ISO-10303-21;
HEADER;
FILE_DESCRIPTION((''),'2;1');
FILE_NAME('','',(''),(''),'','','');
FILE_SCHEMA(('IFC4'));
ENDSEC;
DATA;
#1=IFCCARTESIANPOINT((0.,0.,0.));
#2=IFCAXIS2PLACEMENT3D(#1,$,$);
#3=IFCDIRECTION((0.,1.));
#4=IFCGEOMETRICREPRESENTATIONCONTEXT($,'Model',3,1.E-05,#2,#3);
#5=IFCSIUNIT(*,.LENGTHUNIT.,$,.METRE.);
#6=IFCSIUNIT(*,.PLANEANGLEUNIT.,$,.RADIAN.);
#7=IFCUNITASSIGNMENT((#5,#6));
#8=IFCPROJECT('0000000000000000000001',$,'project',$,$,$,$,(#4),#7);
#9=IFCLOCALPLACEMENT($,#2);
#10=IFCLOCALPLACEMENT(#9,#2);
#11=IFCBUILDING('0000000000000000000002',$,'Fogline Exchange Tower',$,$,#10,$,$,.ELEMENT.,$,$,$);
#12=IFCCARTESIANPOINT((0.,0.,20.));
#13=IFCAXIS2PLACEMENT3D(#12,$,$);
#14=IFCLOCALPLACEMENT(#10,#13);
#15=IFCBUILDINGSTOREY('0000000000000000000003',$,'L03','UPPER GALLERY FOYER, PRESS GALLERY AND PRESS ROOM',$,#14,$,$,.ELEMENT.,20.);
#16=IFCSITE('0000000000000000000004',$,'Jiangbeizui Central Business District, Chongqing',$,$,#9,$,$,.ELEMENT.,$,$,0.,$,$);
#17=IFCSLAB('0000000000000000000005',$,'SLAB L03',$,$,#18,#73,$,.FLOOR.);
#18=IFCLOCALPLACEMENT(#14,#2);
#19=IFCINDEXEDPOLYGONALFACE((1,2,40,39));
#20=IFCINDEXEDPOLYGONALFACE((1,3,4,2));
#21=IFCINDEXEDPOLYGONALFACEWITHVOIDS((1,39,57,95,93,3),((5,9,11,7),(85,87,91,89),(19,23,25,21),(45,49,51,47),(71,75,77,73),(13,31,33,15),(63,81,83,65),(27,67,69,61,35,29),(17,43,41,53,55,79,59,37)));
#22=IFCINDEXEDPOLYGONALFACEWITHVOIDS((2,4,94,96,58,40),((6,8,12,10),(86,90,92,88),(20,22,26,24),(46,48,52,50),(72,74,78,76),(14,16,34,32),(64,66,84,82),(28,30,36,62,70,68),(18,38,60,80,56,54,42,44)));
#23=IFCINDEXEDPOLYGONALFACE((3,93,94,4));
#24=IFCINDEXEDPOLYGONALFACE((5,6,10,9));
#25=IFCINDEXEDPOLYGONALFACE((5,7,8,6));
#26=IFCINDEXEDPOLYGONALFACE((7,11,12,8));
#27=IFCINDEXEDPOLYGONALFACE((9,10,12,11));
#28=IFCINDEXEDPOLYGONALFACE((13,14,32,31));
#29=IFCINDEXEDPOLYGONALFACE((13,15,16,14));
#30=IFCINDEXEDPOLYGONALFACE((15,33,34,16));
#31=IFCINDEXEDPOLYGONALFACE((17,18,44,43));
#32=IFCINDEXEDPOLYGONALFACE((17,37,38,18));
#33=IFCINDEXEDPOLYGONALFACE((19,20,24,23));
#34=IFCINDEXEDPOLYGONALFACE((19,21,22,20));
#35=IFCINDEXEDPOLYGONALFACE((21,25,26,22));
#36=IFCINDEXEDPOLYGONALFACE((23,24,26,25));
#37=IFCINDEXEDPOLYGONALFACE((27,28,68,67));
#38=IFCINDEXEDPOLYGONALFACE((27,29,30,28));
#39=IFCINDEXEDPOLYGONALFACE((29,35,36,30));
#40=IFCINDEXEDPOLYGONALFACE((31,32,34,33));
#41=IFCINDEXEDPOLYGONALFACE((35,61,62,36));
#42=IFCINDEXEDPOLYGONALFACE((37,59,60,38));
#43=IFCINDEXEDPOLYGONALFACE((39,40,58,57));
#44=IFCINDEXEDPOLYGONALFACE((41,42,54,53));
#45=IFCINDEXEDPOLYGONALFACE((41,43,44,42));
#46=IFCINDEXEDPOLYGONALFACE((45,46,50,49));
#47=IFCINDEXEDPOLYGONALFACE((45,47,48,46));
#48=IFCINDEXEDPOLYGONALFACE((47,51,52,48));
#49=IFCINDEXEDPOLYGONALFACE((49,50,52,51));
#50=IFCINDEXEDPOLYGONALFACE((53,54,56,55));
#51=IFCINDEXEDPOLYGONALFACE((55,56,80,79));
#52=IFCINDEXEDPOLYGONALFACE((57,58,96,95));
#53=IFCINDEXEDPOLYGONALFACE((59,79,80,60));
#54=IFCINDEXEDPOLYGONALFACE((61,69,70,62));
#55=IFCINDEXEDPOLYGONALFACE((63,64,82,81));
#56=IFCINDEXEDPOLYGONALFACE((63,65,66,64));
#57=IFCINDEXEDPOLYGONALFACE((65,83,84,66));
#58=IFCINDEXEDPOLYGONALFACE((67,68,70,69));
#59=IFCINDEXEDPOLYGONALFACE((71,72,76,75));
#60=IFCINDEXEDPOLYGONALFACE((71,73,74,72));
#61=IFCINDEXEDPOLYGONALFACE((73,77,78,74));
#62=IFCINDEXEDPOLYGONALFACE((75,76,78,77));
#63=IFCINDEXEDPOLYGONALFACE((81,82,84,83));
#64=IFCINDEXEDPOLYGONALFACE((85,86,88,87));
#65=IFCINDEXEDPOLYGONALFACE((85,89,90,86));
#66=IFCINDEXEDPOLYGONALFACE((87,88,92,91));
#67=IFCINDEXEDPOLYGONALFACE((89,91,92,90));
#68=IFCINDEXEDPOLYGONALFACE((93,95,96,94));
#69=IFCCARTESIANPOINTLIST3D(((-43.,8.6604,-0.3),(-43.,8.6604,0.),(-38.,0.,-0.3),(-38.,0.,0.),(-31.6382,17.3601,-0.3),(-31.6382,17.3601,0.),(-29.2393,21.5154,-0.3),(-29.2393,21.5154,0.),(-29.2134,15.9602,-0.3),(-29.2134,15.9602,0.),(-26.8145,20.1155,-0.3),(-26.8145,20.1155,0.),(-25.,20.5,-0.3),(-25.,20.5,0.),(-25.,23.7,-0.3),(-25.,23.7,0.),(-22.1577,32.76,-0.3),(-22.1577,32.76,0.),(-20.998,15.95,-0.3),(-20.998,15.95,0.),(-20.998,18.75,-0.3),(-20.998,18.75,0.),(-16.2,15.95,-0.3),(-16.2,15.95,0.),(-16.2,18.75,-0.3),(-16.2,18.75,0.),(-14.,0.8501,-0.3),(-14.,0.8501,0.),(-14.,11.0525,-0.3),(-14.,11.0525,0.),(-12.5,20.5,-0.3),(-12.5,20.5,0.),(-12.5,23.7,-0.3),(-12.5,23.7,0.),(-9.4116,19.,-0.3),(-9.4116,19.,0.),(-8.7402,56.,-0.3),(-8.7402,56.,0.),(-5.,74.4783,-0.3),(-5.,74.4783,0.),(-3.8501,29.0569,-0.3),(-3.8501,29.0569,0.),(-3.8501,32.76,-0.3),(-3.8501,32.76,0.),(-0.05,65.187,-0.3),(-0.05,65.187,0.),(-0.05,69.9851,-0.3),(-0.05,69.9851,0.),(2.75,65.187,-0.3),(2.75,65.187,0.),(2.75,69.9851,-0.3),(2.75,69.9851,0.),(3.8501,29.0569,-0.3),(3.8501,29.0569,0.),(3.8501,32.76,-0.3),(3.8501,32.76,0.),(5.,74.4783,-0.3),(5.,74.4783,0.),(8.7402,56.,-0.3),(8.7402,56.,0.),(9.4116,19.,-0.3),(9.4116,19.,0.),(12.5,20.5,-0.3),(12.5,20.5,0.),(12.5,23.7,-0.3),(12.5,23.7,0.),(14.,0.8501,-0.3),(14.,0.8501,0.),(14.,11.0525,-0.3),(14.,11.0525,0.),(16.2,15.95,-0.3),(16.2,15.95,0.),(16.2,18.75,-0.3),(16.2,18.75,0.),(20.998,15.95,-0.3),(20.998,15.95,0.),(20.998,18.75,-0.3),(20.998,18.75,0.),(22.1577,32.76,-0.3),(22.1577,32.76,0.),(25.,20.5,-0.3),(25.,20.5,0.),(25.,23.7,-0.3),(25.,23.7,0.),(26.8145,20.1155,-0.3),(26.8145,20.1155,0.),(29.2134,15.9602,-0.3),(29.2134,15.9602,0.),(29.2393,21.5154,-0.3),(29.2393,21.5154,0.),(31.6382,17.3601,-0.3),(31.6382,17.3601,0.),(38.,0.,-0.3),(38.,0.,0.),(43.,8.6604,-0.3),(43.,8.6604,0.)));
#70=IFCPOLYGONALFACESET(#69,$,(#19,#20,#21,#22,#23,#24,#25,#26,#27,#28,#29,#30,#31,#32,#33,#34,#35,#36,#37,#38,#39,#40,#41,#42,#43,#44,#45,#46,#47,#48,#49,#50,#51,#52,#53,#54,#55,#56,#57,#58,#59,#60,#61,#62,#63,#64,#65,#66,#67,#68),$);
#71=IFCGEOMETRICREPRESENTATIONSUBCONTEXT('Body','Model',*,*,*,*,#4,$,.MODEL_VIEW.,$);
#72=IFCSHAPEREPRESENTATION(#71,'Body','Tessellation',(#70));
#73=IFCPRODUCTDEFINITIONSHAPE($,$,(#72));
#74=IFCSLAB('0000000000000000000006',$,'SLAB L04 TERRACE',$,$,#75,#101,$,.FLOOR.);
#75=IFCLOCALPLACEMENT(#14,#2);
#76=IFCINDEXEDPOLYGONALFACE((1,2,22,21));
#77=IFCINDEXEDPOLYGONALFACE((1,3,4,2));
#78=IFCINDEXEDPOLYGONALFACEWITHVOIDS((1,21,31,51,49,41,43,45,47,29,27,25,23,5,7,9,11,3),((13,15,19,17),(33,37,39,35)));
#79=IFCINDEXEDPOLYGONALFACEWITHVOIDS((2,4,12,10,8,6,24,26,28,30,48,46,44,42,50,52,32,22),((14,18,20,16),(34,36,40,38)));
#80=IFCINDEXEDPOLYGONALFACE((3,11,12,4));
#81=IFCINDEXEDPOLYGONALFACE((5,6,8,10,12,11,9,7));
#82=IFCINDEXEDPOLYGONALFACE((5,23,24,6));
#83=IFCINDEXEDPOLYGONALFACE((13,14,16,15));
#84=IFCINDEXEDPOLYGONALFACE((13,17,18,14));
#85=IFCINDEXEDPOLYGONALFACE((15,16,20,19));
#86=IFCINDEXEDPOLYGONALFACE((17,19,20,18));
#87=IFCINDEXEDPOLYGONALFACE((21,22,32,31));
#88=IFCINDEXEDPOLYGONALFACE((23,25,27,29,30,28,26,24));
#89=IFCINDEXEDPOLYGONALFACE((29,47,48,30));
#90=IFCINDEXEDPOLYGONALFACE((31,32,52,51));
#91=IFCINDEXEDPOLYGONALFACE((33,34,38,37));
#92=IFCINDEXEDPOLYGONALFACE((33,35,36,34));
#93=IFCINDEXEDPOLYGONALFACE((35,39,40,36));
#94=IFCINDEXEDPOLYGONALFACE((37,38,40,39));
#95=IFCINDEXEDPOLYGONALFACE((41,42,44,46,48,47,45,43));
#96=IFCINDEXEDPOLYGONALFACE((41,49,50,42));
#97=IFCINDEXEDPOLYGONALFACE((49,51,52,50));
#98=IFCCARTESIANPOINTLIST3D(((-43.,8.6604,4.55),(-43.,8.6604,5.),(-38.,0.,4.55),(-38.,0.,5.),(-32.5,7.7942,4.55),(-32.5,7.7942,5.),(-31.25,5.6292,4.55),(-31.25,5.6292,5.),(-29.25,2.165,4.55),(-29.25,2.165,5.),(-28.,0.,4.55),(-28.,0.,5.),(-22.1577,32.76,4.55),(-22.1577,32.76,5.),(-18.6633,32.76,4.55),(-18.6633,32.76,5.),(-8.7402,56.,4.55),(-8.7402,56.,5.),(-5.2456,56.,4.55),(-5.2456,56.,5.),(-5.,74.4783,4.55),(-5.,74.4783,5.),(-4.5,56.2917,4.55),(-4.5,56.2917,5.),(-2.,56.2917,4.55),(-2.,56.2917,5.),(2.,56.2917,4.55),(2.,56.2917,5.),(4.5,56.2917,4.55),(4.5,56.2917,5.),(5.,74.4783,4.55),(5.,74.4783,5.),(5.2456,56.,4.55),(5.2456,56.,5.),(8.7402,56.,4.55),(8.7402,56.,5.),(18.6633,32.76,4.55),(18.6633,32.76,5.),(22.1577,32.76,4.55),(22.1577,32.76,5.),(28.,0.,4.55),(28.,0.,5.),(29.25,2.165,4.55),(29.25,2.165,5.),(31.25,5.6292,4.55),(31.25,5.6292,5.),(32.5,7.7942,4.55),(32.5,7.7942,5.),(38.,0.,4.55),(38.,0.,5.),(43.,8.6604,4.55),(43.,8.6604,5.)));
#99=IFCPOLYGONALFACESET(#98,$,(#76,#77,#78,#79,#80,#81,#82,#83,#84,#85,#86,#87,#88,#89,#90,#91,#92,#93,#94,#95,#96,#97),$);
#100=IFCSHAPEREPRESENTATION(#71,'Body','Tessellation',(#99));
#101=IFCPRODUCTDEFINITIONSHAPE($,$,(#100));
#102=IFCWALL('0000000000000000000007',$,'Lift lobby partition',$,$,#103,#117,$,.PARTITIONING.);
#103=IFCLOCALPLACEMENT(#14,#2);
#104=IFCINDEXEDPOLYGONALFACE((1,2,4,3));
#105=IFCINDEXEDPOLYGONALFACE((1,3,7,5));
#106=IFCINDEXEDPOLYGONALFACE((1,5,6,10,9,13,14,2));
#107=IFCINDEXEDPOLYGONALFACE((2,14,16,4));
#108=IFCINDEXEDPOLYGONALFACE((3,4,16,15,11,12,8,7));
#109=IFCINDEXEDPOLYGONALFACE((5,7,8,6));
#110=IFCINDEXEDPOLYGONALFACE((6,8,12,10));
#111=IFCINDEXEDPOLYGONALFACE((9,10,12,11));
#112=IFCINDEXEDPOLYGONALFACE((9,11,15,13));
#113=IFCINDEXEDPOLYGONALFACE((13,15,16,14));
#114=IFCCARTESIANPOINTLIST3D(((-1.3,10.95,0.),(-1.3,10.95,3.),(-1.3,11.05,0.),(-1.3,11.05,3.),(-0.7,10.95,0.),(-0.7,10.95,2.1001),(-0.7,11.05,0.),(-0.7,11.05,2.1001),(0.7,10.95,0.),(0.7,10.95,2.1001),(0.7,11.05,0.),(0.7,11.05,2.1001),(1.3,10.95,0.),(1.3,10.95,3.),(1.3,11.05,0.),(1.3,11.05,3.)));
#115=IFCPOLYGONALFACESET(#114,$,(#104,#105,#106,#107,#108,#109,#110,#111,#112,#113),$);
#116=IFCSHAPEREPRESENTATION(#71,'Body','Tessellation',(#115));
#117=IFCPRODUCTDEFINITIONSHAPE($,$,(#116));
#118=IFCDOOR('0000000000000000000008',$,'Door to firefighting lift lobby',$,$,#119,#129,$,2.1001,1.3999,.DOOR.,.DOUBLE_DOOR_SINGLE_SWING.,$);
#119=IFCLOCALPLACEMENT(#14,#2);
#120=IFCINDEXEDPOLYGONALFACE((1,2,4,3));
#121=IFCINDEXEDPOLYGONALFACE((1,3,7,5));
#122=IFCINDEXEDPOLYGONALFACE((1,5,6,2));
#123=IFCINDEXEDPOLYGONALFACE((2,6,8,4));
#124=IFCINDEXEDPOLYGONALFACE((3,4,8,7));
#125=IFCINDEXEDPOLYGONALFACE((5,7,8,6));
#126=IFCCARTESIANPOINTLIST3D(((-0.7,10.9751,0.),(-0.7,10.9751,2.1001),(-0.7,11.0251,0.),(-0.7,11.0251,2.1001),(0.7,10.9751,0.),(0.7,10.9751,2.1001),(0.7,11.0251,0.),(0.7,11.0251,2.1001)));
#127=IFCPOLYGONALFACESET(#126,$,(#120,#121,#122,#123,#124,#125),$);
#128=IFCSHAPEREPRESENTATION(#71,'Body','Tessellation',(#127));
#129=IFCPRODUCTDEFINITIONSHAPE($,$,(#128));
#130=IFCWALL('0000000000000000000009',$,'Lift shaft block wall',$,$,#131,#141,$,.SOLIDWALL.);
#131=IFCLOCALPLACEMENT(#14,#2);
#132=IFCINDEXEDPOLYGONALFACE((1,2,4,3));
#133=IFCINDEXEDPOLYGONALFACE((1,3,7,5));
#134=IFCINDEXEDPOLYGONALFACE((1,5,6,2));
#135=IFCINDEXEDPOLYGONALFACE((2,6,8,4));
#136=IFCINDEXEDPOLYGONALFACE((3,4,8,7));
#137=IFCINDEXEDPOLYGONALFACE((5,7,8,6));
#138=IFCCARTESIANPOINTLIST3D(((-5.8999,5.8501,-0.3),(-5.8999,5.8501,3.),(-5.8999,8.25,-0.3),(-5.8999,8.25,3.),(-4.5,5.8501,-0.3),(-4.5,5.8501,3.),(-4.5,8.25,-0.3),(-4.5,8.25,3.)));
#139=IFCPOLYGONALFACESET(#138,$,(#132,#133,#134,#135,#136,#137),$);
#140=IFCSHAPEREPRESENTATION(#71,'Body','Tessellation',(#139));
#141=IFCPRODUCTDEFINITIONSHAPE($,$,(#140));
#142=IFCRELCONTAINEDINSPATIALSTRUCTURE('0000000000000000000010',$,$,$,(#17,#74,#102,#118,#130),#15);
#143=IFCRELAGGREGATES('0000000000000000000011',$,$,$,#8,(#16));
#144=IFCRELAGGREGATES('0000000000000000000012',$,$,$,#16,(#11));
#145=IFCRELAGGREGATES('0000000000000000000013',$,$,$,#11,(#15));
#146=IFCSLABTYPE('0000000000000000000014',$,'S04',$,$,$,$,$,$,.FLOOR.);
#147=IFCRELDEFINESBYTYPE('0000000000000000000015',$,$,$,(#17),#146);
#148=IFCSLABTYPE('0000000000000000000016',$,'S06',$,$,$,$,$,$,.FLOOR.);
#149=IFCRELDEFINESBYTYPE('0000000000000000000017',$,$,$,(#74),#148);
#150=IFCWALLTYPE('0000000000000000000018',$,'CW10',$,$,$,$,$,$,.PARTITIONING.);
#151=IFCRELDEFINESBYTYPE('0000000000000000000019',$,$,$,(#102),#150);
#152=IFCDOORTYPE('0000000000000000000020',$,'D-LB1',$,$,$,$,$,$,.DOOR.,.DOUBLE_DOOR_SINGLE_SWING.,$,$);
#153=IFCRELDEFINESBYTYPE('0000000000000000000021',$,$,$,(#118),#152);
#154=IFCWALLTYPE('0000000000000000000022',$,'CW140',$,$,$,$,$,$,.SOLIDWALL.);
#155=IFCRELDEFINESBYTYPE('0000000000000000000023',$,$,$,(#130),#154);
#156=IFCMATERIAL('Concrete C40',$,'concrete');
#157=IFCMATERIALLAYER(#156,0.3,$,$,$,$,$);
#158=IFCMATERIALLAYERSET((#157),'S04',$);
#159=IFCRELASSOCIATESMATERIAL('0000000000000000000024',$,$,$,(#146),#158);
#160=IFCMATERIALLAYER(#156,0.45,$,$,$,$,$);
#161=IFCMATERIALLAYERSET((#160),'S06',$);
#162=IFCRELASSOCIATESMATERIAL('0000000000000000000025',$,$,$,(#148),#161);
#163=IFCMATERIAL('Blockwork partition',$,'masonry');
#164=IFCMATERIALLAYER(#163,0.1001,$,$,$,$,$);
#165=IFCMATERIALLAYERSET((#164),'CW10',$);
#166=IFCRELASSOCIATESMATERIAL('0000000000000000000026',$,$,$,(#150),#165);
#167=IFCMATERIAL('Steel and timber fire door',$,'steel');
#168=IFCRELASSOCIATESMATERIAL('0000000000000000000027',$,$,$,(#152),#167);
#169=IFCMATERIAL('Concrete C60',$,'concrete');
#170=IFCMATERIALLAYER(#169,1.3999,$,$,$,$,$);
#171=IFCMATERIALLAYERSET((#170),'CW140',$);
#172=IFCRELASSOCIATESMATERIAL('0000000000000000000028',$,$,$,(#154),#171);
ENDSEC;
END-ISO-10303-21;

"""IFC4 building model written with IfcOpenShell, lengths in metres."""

from ifc_helpers import new_model, si_unit, direction, frame, frame_2d, origin, place, context, subcontext, project, spatial, polyline, rectangle, outline, extrude, material, layer, layer_set, type_object, element, fill, save


model = new_model("IFC4")

# Units and contexts
model_context = context("Model", 3, precision=1e-05, world=origin(), true_north=direction((0.0, 1.0)))
body_context = subcontext(model_context, "Body", "Model", "MODEL_VIEW")
ifc_project = project(units=[si_unit("LENGTHUNIT", "METRE"), si_unit("PLANEANGLEUNIT", "RADIAN")], contexts=[model_context])

# Site, building, storey
site_placement = place(None, origin())
site = spatial("IfcSite", under=ifc_project, at=site_placement, Name="Jiangbeizui Central Business District, Chongqing", CompositionType="ELEMENT", RefElevation=0.0)
building_placement = place(site_placement, origin())
building = spatial("IfcBuilding", under=site, at=building_placement, Name="Fogline Exchange Tower", CompositionType="ELEMENT")
storey_placement = place(building_placement, frame((0.0, 0.0, 20.0)))
storey = spatial("IfcBuildingStorey", under=building, at=storey_placement, Name="L03", Description="UPPER GALLERY FOYER, PRESS GALLERY AND PRESS ROOM", CompositionType="ELEMENT", Elevation=20.0)

# Slabs
ifc_material_1 = material(Name="Concrete C40", Category="concrete")
ifc_layer_1 = layer(ifc_material_1, 0.3)
ifc_layer_set_1 = layer_set([ifc_layer_1], Name="S04")
slab_type_1 = type_object("IfcSlabType", Name="S04", PredefinedType="FLOOR", material=ifc_layer_set_1)
slab_1_placement = place(storey_placement, frame((0.0, 0.0, -0.3)))
element("IfcSlab", 1, at=slab_1_placement, inside=storey, type_object=slab_type_1, Name="SLAB L03", PredefinedType="FLOOR", context=body_context, shape_type="SweptSolid", body=[
    extrude(outline(polyline([(38.0, 0.0), (43.0, 8.6604), (5.0, 74.4783), (-5.0, 74.4783), (-43.0, 8.6604), (-38.0, 0.0), (38.0, 0.0)]), holes=[polyline([(-9.4116, 19.0), (9.4116, 19.0), (14.0, 11.0525), (14.0, 0.8501), (-14.0, 0.8501), (-14.0, 11.0525), (-9.4116, 19.0)]), polyline([(8.7402, 56.0), (22.1577, 32.76), (3.8501, 32.76), (3.8501, 29.0569), (-3.8501, 29.0569), (-3.8501, 32.76), (-22.1577, 32.76), (-8.7402, 56.0), (8.7402, 56.0)]), polyline([(-16.2, 18.75), (-16.2, 15.95), (-20.998, 15.95), (-20.998, 18.75), (-16.2, 18.75)]), polyline([(16.2, 18.75), (20.998, 18.75), (20.998, 15.95), (16.2, 15.95), (16.2, 18.75)]), polyline([(-26.8145, 20.1155), (-29.2134, 15.9602), (-31.6382, 17.3601), (-29.2393, 21.5154), (-26.8145, 20.1155)]), polyline([(29.2134, 15.9602), (26.8145, 20.1155), (29.2393, 21.5154), (31.6382, 17.3601), (29.2134, 15.9602)]), polyline([(-25.0, 20.5), (-25.0, 23.7), (-12.5, 23.7), (-12.5, 20.5), (-25.0, 20.5)]), polyline([(12.5, 20.5), (12.5, 23.7), (25.0, 23.7), (25.0, 20.5), (12.5, 20.5)]), polyline([(2.75, 69.9851), (2.75, 65.187), (-0.05, 65.187), (-0.05, 69.9851), (2.75, 69.9851)])]), origin(), (0.0, 0.0, 1.0), 0.3),
])
ifc_layer_2 = layer(ifc_material_1, 0.45)
ifc_layer_set_2 = layer_set([ifc_layer_2], Name="S06")
slab_type_2 = type_object("IfcSlabType", Name="S06", PredefinedType="FLOOR", material=ifc_layer_set_2)
slab_2_placement = place(storey_placement, frame((0.0, 0.0, 4.55)))
element("IfcSlab", 2, at=slab_2_placement, inside=storey, type_object=slab_type_2, Name="SLAB L04 TERRACE", PredefinedType="FLOOR", context=body_context, shape_type="SweptSolid", body=[
    extrude(outline(polyline([(43.0, 8.6604), (5.0, 74.4783), (-5.0, 74.4783), (-43.0, 8.6604), (-38.0, 0.0), (-28.0, 0.0), (-29.25, 2.165), (-31.25, 5.6292), (-32.5, 7.7942), (-4.5, 56.2917), (-2.0, 56.2917), (2.0, 56.2917), (4.5, 56.2917), (32.5, 7.7942), (31.25, 5.6292), (29.25, 2.165), (28.0, 0.0), (38.0, 0.0), (43.0, 8.6604)]), holes=[polyline([(-5.2456, 56.0), (-18.6633, 32.76), (-22.1577, 32.76), (-8.7402, 56.0), (-5.2456, 56.0)]), polyline([(8.7402, 56.0), (22.1577, 32.76), (18.6633, 32.76), (5.2456, 56.0), (8.7402, 56.0)])]), origin(), (0.0, 0.0, 1.0), 0.45),
])

# Wall, opening, door
ifc_material_2 = material(Name="Blockwork partition", Category="masonry")
ifc_layer_3 = layer(ifc_material_2, 0.1001)
ifc_layer_set_3 = layer_set([ifc_layer_3], Name="CW10")
wall_type_1 = type_object("IfcWallType", Name="CW10", PredefinedType="PARTITIONING", material=ifc_layer_set_3)
wall_1_placement = place(storey_placement, frame((-1.3, 11.0, 0.0), z_axis=(0.0, 0.0, 1.0), x_axis=(1.0, 0.0, 0.0)))
wall_1 = element("IfcWall", 3, at=wall_1_placement, inside=storey, type_object=wall_type_1, Name="Lift lobby partition", PredefinedType="PARTITIONING", context=body_context, shape_type="SweptSolid", body=[
    extrude(rectangle(XDim=2.6001, YDim=0.1001, at=frame_2d((1.3, 0.0))), origin(), (0.0, 0.0, 1.0), 3.0),
])
opening_1_placement = place(wall_1_placement, frame((0.6001, 0.0, 0.0)))
opening_1 = element("IfcOpeningElement", 4, at=opening_1_placement, cuts=wall_1, PredefinedType="OPENING", context=body_context, shape_type="SweptSolid", body=[
    extrude(rectangle(XDim=1.3999, YDim=2.1001, at=frame_2d((0.7, 1.05))), frame((0.0, 0.0601, 0.0), z_axis=(0.0, -1.0, 0.0), x_axis=(1.0, 0.0, 0.0)), (0.0, 0.0, 1.0), 0.1201),
])
ifc_material_3 = material(Name="Steel and timber fire door", Category="steel")
door_type_1 = type_object("IfcDoorType", Name="D-LB1", OperationType="DOUBLE_DOOR_SINGLE_SWING", PredefinedType="DOOR", material=ifc_material_3)
door_1_placement = place(opening_1_placement, frame((1.3999, 0.0, 0.0), z_axis=(0.0, 0.0, 1.0), x_axis=(-1.0, 0.0, 0.0)))
door_1 = element("IfcDoor", 5, at=door_1_placement, inside=storey, type_object=door_type_1, Name="Door to firefighting lift lobby", OperationType="DOUBLE_DOOR_SINGLE_SWING", OverallHeight=2.1001, OverallWidth=1.3999, PredefinedType="DOOR", context=body_context, shape_type="SweptSolid", body=[
    extrude(rectangle(XDim=1.3999, YDim=2.1001, at=frame_2d((0.7, 1.05))), frame((0.0, 0.0249, 0.0), z_axis=(0.0, -1.0, 0.0), x_axis=(1.0, 0.0, 0.0)), (0.0, 0.0, 1.0), 0.05),
])
fill(opening_1, door_1)

# Wall
ifc_material_4 = material(Name="Concrete C60", Category="concrete")
ifc_layer_4 = layer(ifc_material_4, 1.3999)
ifc_layer_set_4 = layer_set([ifc_layer_4], Name="CW140")
wall_type_2 = type_object("IfcWallType", Name="CW140", PredefinedType="SOLIDWALL", material=ifc_layer_set_4)
wall_2_placement = place(storey_placement, frame((-5.2, 5.8501, -0.3), z_axis=(0.0, 0.0, 1.0), x_axis=(0.0, 1.0, 0.0)))
element("IfcWall", 6, at=wall_2_placement, inside=storey, type_object=wall_type_2, Name="Lift shaft block wall", PredefinedType="SOLIDWALL", context=body_context, shape_type="SweptSolid", body=[
    extrude(rectangle(XDim=2.3999, YDim=1.3999, at=frame_2d((1.2, 0.0))), origin(), (0.0, 0.0, 1.0), 3.3),
])

save(model, "model.ifc")
